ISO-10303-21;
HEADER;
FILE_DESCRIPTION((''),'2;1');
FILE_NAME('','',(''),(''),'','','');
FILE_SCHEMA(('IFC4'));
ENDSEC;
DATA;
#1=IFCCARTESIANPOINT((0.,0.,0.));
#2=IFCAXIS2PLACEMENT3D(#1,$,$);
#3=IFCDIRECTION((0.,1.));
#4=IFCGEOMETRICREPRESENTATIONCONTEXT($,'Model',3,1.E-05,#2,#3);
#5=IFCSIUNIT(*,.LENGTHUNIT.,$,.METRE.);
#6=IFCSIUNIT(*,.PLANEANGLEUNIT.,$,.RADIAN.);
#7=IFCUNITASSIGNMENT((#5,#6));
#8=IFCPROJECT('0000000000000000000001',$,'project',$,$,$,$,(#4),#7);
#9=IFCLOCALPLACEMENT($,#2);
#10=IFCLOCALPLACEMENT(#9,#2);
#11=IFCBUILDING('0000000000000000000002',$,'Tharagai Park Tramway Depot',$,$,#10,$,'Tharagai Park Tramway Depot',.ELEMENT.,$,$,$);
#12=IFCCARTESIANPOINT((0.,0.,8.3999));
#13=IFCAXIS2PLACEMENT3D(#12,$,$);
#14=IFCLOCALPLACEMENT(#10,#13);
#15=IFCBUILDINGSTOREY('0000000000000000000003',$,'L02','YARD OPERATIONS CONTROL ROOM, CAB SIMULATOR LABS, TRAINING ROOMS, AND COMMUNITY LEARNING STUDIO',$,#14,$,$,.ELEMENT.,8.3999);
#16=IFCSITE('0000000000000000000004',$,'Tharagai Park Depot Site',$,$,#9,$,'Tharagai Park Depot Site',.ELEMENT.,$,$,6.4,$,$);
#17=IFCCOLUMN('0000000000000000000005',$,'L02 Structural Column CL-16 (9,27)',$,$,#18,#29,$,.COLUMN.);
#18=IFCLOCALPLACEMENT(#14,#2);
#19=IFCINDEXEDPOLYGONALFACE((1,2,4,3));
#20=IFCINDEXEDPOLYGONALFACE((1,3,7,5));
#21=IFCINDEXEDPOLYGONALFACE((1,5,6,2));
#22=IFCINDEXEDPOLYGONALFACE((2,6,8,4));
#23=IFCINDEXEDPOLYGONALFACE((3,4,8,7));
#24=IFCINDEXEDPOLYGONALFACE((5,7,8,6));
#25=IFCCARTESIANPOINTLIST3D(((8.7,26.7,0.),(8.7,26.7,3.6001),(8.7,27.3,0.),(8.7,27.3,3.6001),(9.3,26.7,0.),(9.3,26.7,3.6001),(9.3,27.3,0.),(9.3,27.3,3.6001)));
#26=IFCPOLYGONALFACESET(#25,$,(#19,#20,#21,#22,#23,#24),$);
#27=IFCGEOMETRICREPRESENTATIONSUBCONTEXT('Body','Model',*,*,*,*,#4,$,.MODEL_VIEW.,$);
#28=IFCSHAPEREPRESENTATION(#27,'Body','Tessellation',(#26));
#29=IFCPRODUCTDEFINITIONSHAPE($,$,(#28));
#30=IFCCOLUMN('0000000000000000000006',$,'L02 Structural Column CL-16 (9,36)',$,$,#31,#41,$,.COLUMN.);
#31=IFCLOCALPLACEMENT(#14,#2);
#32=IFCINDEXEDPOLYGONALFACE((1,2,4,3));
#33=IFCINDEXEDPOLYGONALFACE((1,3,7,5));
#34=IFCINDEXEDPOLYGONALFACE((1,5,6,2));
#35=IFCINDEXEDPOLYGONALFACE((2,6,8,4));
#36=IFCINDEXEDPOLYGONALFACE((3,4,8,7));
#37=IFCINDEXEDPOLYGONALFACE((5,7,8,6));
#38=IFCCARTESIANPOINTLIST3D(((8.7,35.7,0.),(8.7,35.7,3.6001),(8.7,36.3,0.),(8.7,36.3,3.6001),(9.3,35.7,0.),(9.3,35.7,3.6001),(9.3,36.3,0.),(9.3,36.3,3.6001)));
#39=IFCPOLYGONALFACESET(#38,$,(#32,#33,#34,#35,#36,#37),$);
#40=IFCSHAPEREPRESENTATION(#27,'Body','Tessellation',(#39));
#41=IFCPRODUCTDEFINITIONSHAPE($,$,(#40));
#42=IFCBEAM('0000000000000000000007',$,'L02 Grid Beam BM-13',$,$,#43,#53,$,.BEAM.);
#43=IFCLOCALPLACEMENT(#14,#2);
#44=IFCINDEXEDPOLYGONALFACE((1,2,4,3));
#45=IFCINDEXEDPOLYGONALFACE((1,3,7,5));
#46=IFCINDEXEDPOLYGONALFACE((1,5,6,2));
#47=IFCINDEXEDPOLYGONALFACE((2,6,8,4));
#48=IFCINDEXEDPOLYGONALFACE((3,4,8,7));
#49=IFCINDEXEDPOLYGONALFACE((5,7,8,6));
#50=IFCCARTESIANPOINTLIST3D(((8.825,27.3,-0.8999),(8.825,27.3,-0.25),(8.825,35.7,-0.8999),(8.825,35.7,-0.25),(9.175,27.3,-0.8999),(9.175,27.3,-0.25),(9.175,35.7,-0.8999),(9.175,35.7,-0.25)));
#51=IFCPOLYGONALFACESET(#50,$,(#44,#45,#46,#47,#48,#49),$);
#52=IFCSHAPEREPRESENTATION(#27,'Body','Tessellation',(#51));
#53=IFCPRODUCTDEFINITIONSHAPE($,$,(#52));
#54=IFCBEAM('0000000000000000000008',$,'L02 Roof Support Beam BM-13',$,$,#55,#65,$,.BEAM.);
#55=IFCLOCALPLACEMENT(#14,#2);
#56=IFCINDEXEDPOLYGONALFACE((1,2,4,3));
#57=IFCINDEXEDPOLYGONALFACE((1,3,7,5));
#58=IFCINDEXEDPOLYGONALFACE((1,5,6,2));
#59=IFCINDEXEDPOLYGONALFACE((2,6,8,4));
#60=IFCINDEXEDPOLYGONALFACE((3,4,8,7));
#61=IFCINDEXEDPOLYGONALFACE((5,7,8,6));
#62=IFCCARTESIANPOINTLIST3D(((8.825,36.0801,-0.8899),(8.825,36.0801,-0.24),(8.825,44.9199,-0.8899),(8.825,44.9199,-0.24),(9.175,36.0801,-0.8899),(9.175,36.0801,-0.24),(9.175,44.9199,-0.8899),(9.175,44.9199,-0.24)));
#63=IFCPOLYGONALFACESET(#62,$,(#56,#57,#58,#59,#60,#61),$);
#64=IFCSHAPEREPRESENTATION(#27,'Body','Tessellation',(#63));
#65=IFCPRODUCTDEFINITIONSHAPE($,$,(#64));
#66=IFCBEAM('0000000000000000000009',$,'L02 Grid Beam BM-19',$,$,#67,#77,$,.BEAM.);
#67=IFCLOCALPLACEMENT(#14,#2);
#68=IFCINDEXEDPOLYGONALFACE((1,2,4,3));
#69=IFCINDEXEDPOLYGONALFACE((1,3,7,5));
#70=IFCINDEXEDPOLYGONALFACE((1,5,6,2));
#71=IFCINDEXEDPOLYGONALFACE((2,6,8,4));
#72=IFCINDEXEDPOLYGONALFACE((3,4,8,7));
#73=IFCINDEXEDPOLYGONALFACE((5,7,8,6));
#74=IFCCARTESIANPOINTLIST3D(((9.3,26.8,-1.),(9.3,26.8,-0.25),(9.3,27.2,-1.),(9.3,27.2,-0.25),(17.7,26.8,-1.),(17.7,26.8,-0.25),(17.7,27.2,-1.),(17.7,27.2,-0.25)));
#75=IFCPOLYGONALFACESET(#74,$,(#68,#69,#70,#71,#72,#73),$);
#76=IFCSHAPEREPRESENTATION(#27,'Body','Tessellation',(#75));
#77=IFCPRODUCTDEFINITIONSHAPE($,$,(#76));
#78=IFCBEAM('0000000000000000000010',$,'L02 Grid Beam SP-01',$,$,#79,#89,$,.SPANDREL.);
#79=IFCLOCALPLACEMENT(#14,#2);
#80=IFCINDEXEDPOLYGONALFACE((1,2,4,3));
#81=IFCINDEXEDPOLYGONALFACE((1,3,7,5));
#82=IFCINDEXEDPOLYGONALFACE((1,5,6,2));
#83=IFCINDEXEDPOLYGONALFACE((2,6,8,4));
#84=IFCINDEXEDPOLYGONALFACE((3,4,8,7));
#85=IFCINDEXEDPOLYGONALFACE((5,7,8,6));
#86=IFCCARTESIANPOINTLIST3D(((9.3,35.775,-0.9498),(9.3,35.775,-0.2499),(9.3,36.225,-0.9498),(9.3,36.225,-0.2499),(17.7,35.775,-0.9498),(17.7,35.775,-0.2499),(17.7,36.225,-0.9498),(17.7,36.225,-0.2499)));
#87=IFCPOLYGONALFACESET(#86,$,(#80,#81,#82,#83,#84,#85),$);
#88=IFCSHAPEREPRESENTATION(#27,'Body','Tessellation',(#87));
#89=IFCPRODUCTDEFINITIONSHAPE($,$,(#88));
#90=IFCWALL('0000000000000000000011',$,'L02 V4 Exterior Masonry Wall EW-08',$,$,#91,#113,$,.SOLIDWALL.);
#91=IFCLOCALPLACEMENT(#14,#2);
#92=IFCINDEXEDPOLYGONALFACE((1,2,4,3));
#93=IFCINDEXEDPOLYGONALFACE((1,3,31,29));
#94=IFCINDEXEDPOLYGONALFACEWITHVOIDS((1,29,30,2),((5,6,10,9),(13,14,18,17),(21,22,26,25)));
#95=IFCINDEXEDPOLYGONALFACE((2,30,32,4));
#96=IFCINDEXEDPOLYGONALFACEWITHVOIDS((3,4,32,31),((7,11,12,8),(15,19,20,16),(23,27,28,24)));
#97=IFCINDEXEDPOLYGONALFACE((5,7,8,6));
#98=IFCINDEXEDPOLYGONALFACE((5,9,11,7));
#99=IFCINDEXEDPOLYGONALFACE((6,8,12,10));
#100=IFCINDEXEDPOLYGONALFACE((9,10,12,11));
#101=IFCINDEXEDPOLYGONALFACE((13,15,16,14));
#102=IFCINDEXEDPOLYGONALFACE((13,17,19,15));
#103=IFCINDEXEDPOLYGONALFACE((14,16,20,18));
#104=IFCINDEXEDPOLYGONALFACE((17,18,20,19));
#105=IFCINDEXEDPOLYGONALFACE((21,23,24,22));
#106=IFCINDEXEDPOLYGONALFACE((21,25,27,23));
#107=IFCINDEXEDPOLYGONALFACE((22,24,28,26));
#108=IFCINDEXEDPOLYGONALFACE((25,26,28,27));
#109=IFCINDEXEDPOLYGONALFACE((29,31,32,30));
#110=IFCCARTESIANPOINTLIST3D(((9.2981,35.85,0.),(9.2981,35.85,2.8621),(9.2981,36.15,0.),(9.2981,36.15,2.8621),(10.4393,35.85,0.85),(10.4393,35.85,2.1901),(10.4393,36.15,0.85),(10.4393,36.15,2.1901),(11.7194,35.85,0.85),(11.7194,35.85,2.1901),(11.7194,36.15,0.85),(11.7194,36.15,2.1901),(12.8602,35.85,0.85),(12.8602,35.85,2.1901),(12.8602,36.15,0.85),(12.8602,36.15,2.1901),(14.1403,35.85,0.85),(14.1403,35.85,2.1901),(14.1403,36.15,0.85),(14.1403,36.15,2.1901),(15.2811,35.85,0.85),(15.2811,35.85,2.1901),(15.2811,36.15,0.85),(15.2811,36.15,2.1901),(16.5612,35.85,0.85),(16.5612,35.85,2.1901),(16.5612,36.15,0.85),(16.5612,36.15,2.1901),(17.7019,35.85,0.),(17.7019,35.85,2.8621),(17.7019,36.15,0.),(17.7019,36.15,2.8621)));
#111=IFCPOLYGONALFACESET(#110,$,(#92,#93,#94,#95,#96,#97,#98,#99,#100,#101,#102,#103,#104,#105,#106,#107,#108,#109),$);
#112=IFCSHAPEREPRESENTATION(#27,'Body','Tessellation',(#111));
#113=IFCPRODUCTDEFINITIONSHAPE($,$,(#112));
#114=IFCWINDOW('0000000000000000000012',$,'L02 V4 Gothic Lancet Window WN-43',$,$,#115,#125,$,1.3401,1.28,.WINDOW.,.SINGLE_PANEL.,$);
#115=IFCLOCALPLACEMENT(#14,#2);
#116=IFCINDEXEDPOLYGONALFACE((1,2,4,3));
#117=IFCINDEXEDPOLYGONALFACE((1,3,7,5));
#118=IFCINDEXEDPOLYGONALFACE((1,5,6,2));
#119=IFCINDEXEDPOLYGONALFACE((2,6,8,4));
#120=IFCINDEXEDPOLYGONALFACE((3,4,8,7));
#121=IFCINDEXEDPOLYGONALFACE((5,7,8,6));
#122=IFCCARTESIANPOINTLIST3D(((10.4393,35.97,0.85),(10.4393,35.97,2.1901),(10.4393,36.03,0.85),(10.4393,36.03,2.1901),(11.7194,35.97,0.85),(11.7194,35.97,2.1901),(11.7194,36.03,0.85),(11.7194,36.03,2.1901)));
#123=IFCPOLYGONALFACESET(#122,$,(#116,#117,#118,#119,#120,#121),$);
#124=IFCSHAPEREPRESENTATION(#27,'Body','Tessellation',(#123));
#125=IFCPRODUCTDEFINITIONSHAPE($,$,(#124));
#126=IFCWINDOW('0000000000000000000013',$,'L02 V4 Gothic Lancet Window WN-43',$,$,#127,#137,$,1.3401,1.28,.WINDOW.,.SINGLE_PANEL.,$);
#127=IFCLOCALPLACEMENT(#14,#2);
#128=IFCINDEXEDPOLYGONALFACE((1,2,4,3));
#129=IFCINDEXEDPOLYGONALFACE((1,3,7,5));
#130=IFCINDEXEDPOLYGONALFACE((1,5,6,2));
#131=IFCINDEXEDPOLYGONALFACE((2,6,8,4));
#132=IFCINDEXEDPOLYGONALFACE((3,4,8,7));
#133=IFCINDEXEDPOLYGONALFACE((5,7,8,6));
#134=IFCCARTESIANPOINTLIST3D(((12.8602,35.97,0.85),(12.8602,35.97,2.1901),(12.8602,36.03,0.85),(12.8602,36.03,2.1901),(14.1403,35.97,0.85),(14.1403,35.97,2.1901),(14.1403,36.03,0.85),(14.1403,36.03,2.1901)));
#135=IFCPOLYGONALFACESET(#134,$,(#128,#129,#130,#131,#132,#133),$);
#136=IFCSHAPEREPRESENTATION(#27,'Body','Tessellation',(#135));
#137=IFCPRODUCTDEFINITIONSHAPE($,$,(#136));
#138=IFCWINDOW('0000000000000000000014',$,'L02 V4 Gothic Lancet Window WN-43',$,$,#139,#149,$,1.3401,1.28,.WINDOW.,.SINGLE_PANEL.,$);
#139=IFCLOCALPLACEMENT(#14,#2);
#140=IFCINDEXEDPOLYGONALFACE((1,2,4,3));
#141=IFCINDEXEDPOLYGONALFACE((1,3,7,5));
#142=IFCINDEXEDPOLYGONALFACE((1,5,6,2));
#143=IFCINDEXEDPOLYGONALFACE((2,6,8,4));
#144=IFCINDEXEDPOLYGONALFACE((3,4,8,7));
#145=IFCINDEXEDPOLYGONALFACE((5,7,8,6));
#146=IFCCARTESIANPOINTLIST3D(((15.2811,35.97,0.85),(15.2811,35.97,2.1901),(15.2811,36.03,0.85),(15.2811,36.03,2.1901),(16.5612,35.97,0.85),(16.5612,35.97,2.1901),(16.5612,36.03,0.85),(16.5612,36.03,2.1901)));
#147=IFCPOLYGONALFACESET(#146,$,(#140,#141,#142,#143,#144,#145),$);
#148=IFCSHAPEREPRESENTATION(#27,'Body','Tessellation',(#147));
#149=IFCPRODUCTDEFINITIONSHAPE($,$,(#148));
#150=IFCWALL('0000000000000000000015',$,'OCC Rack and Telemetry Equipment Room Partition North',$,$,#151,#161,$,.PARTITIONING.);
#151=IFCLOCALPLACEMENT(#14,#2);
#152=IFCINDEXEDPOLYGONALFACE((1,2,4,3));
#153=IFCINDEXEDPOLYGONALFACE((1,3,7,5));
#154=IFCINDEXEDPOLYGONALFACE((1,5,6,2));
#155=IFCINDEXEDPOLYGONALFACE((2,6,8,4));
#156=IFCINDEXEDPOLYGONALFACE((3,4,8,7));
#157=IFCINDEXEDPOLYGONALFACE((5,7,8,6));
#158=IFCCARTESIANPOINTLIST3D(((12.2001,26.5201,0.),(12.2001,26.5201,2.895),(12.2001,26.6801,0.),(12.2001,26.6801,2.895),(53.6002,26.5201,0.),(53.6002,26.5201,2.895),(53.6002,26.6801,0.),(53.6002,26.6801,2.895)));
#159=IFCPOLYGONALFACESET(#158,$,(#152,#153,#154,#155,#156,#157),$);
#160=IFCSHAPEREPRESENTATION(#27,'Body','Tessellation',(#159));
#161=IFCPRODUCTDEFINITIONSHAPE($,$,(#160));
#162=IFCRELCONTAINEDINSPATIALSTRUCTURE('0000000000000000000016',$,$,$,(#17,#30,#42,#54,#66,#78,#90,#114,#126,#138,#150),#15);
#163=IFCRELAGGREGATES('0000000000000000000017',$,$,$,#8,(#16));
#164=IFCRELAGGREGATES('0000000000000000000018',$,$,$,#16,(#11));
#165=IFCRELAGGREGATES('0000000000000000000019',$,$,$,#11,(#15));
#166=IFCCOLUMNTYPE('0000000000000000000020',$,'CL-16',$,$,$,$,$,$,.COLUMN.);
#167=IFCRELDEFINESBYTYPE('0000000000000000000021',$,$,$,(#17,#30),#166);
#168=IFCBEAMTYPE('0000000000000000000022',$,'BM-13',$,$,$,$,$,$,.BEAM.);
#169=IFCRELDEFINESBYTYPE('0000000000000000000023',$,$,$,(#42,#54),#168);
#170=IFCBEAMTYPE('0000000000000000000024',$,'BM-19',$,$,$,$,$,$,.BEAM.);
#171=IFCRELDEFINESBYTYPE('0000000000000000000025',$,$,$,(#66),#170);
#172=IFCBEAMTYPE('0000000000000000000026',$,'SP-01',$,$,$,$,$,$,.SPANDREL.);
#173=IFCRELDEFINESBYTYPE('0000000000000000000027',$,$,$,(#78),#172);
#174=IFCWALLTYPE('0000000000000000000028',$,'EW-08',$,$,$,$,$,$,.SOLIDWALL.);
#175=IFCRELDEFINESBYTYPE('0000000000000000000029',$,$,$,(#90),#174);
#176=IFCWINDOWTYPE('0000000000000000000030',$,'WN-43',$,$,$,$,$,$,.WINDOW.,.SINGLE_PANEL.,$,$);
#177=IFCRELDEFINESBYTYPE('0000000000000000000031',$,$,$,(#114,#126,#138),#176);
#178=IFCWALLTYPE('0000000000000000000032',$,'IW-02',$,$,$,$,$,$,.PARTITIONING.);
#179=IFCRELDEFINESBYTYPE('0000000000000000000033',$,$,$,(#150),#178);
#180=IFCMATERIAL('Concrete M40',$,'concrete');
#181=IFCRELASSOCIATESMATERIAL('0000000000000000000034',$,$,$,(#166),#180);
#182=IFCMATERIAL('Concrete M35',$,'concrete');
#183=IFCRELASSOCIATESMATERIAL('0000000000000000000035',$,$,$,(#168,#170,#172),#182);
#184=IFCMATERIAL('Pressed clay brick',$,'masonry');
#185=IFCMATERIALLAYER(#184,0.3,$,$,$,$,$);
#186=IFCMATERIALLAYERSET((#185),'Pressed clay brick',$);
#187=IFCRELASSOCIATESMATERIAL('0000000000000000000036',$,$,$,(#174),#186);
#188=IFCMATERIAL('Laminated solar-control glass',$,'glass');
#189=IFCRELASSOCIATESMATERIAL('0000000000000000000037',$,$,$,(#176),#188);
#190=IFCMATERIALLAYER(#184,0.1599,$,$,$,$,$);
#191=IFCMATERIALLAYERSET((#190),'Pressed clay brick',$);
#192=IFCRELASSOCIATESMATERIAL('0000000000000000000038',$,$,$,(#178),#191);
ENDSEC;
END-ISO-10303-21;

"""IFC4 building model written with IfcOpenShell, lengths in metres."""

from ifc_helpers import new_model, si_unit, direction, frame, frame_2d, origin, origin_2d, place, context, subcontext, project, spatial, rectangle, extrude, material, layer, layer_set, material_profile, profile_set, type_object, element, fill, save


model = new_model("IFC4")

# Units and contexts
model_context = context("Model", 3, precision=1e-05, world=origin(), true_north=direction((0.0, 1.0)))
body_context = subcontext(model_context, "Body", "Model", "MODEL_VIEW")
ifc_project = project(units=[si_unit("LENGTHUNIT", "METRE"), si_unit("PLANEANGLEUNIT", "RADIAN")], contexts=[model_context])

# Site, building, storey
site_placement = place(None, origin())
site = spatial("IfcSite", under=ifc_project, at=site_placement, Name="Tharagai Park Depot Site", LongName="Tharagai Park Depot Site", CompositionType="ELEMENT", RefElevation=6.4)
building_placement = place(site_placement, origin())
building = spatial("IfcBuilding", under=site, at=building_placement, Name="Tharagai Park Tramway Depot", LongName="Tharagai Park Tramway Depot", CompositionType="ELEMENT")
storey_placement = place(building_placement, frame((0.0, 0.0, 8.3999)))
storey = spatial("IfcBuildingStorey", under=building, at=storey_placement, Name="L02", Description="YARD OPERATIONS CONTROL ROOM, CAB SIMULATOR LABS, TRAINING ROOMS, AND COMMUNITY LEARNING STUDIO", CompositionType="ELEMENT", Elevation=8.3999)

# Columns
ifc_material_1 = material(Name="Concrete M40", Category="concrete")
ifc_material_profile_1 = material_profile(ifc_material_1, rectangle(XDim=0.6001, YDim=0.6001, at=origin_2d()), Name="RC 600x600")
ifc_profile_set_1 = profile_set([ifc_material_profile_1], Name="Concrete M40")
column_type = type_object("IfcColumnType", Name="CL-16", PredefinedType="COLUMN", material=ifc_profile_set_1)
for number, where, z_axis, x_axis, name in (
    (1, (9.0, 27.0, 0.0), (0.0, 0.0, 1.0), (1.0, 0.0, 0.0), "L02 Structural Column CL-16 (9,27)"),
    (2, (9.0, 36.0, 0.0), (0.0, 0.0, 1.0), (1.0, 0.0, 0.0), "L02 Structural Column CL-16 (9,36)"),
):
    element("IfcColumn", number, at=place(storey_placement, frame(where, z_axis=z_axis, x_axis=x_axis)), inside=storey, type_object=column_type, Name=name, PredefinedType="COLUMN", context=body_context, shape_type="SweptSolid", body=[
        extrude(rectangle(XDim=0.6001, YDim=0.6001, at=origin_2d()), origin(), (0.0, 0.0, 1.0), 3.6001),
    ])

# Beams
ifc_material_2 = material(Name="Concrete M35", Category="concrete")
ifc_material_profile_2 = material_profile(ifc_material_2, rectangle(XDim=0.3501, YDim=0.6499, at=origin_2d()), Name="RC 350x650")
ifc_profile_set_2 = profile_set([ifc_material_profile_2], Name="Concrete M35")
beam_type_1 = type_object("IfcBeamType", Name="BM-13", PredefinedType="BEAM", material=ifc_profile_set_2)
beam_1_placement = place(storey_placement, frame((9.0, 27.3, -0.575), z_axis=(0.0, 1.0, 0.0), x_axis=(-1.0, 0.0, 0.0)))
element("IfcBeam", 3, at=beam_1_placement, inside=storey, type_object=beam_type_1, Name="L02 Grid Beam BM-13", PredefinedType="BEAM", context=body_context, shape_type="SweptSolid", body=[
    extrude(rectangle(XDim=0.3501, YDim=0.6499, at=origin_2d()), origin(), (0.0, 0.0, 1.0), 8.3999),
])
beam_2_placement = place(storey_placement, frame((9.0, 36.0801, -0.5649), z_axis=(0.0, 1.0, 0.0), x_axis=(-1.0, 0.0, 0.0)))
element("IfcBeam", 4, at=beam_2_placement, inside=storey, type_object=beam_type_1, Name="L02 Roof Support Beam BM-13", PredefinedType="BEAM", context=body_context, shape_type="SweptSolid", body=[
    extrude(rectangle(XDim=0.3501, YDim=0.6499, at=origin_2d()), origin(), (0.0, 0.0, 1.0), 8.8398),
])
ifc_material_profile_3 = material_profile(ifc_material_2, rectangle(XDim=0.3999, YDim=0.75, at=origin_2d()), Name="RC 400x750")
ifc_profile_set_3 = profile_set([ifc_material_profile_3], Name="Concrete M35")
beam_type_2 = type_object("IfcBeamType", Name="BM-19", PredefinedType="BEAM", material=ifc_profile_set_3)
beam_3_placement = place(storey_placement, frame((9.3, 27.0, -0.625), z_axis=(1.0, 0.0, 0.0), x_axis=(0.0, 1.0, 0.0)))
element("IfcBeam", 5, at=beam_3_placement, inside=storey, type_object=beam_type_2, Name="L02 Grid Beam BM-19", PredefinedType="BEAM", context=body_context, shape_type="SweptSolid", body=[
    extrude(rectangle(XDim=0.3999, YDim=0.75, at=origin_2d()), origin(), (0.0, 0.0, 1.0), 8.3999),
])
ifc_material_profile_4 = material_profile(ifc_material_2, rectangle(XDim=0.45, YDim=0.7, at=origin_2d()), Name="RC 450x700")
ifc_profile_set_4 = profile_set([ifc_material_profile_4], Name="Concrete M35")
beam_type_3 = type_object("IfcBeamType", Name="SP-01", PredefinedType="SPANDREL", material=ifc_profile_set_4)
beam_4_placement = place(storey_placement, frame((9.3, 36.0, -0.5999), z_axis=(1.0, 0.0, 0.0), x_axis=(0.0, 1.0, 0.0)))
element("IfcBeam", 6, at=beam_4_placement, inside=storey, type_object=beam_type_3, Name="L02 Grid Beam SP-01", PredefinedType="SPANDREL", context=body_context, shape_type="SweptSolid", body=[
    extrude(rectangle(XDim=0.45, YDim=0.7, at=origin_2d()), origin(), (0.0, 0.0, 1.0), 8.3999),
])

# Wall, openings, windows
ifc_material_3 = material(Name="Pressed clay brick", Category="masonry")
ifc_layer_1 = layer(ifc_material_3, 0.3)
ifc_layer_set_1 = layer_set([ifc_layer_1], Name="Pressed clay brick")
wall_type_1 = type_object("IfcWallType", Name="EW-08", PredefinedType="SOLIDWALL", material=ifc_layer_set_1)
wall_1_placement = place(storey_placement, frame((9.2981, 36.0, 0.0), z_axis=(0.0, 0.0, 1.0), x_axis=(1.0, 0.0, 0.0)))
wall_1 = element("IfcWall", 7, at=wall_1_placement, inside=storey, type_object=wall_type_1, Name="L02 V4 Exterior Masonry Wall EW-08", PredefinedType="SOLIDWALL", context=body_context, shape_type="SweptSolid", body=[
    extrude(rectangle(XDim=8.4038, YDim=0.3, at=frame_2d((4.2019, 0.0))), origin(), (0.0, 0.0, 1.0), 2.8621),
])
opening_1_placement = place(wall_1_placement, frame((1.1411, 0.0, 0.8501)))
opening_1 = element("IfcOpeningElement", 8, at=opening_1_placement, cuts=wall_1, PredefinedType="OPENING", context=body_context, shape_type="SweptSolid", body=[
    extrude(rectangle(XDim=1.28, YDim=1.3401, at=frame_2d((0.6401, 0.6699))), frame((0.0, 0.1599, 0.0), z_axis=(0.0, -1.0, 0.0), x_axis=(1.0, 0.0, 0.0)), (0.0, 0.0, 1.0), 0.3201),
])
opening_2_placement = place(wall_1_placement, frame((3.562, 0.0, 0.8501)))
opening_2 = element("IfcOpeningElement", 9, at=opening_2_placement, cuts=wall_1, PredefinedType="OPENING", context=body_context, shape_type="SweptSolid", body=[
    extrude(rectangle(XDim=1.28, YDim=1.3401, at=frame_2d((0.6401, 0.6699))), frame((0.0, 0.1599, 0.0), z_axis=(0.0, -1.0, 0.0), x_axis=(1.0, 0.0, 0.0)), (0.0, 0.0, 1.0), 0.3201),
])
opening_3_placement = place(wall_1_placement, frame((5.9829, 0.0, 0.8501)))
opening_3 = element("IfcOpeningElement", 10, at=opening_3_placement, cuts=wall_1, PredefinedType="OPENING", context=body_context, shape_type="SweptSolid", body=[
    extrude(rectangle(XDim=1.28, YDim=1.3401, at=frame_2d((0.6401, 0.6699))), frame((0.0, 0.1599, 0.0), z_axis=(0.0, -1.0, 0.0), x_axis=(1.0, 0.0, 0.0)), (0.0, 0.0, 1.0), 0.3201),
])
ifc_material_4 = material(Name="Laminated solar-control glass", Category="glass")
window_type = type_object("IfcWindowType", Name="WN-43", PartitioningType="SINGLE_PANEL", PredefinedType="WINDOW", material=ifc_material_4)
window_1_placement = place(opening_1_placement, origin())
window_1 = element("IfcWindow", 11, at=window_1_placement, inside=storey, type_object=window_type, Name="L02 V4 Gothic Lancet Window WN-43", OverallHeight=1.3401, OverallWidth=1.28, PartitioningType="SINGLE_PANEL", PredefinedType="WINDOW", context=body_context, shape_type="SweptSolid", body=[
    extrude(rectangle(XDim=1.28, YDim=1.3401, at=frame_2d((0.6401, 0.6699))), frame((0.0, 0.03, 0.0), z_axis=(0.0, -1.0, 0.0), x_axis=(1.0, 0.0, 0.0)), (0.0, 0.0, 1.0), 0.0601),
])
fill(opening_1, window_1)
window_2_placement = place(opening_2_placement, origin())
window_2 = element("IfcWindow", 12, at=window_2_placement, inside=storey, type_object=window_type, Name="L02 V4 Gothic Lancet Window WN-43", OverallHeight=1.3401, OverallWidth=1.28, PartitioningType="SINGLE_PANEL", PredefinedType="WINDOW", context=body_context, shape_type="SweptSolid", body=[
    extrude(rectangle(XDim=1.28, YDim=1.3401, at=frame_2d((0.6401, 0.6699))), frame((0.0, 0.03, 0.0), z_axis=(0.0, -1.0, 0.0), x_axis=(1.0, 0.0, 0.0)), (0.0, 0.0, 1.0), 0.0601),
])
fill(opening_2, window_2)
window_3_placement = place(opening_3_placement, origin())
window_3 = element("IfcWindow", 13, at=window_3_placement, inside=storey, type_object=window_type, Name="L02 V4 Gothic Lancet Window WN-43", OverallHeight=1.3401, OverallWidth=1.28, PartitioningType="SINGLE_PANEL", PredefinedType="WINDOW", context=body_context, shape_type="SweptSolid", body=[
    extrude(rectangle(XDim=1.28, YDim=1.3401, at=frame_2d((0.6401, 0.6699))), frame((0.0, 0.03, 0.0), z_axis=(0.0, -1.0, 0.0), x_axis=(1.0, 0.0, 0.0)), (0.0, 0.0, 1.0), 0.0601),
])
fill(opening_3, window_3)

# Wall
ifc_layer_2 = layer(ifc_material_3, 0.1599)
ifc_layer_set_2 = layer_set([ifc_layer_2], Name="Pressed clay brick")
wall_type_2 = type_object("IfcWallType", Name="IW-02", PredefinedType="PARTITIONING", material=ifc_layer_set_2)
wall_2_placement = place(storey_placement, frame((12.2, 26.6001, 0.0), z_axis=(0.0, 0.0, 1.0), x_axis=(1.0, 0.0, 0.0)))
element("IfcWall", 14, at=wall_2_placement, inside=storey, type_object=wall_type_2, Name="OCC Rack and Telemetry Equipment Room Partition North", PredefinedType="PARTITIONING", context=body_context, shape_type="SweptSolid", body=[
    extrude(rectangle(XDim=41.4001, YDim=0.1599, at=frame_2d((20.7002, 0.0))), origin(), (0.0, 0.0, 1.0), 2.895),
])

save(model, "model.ifc")
